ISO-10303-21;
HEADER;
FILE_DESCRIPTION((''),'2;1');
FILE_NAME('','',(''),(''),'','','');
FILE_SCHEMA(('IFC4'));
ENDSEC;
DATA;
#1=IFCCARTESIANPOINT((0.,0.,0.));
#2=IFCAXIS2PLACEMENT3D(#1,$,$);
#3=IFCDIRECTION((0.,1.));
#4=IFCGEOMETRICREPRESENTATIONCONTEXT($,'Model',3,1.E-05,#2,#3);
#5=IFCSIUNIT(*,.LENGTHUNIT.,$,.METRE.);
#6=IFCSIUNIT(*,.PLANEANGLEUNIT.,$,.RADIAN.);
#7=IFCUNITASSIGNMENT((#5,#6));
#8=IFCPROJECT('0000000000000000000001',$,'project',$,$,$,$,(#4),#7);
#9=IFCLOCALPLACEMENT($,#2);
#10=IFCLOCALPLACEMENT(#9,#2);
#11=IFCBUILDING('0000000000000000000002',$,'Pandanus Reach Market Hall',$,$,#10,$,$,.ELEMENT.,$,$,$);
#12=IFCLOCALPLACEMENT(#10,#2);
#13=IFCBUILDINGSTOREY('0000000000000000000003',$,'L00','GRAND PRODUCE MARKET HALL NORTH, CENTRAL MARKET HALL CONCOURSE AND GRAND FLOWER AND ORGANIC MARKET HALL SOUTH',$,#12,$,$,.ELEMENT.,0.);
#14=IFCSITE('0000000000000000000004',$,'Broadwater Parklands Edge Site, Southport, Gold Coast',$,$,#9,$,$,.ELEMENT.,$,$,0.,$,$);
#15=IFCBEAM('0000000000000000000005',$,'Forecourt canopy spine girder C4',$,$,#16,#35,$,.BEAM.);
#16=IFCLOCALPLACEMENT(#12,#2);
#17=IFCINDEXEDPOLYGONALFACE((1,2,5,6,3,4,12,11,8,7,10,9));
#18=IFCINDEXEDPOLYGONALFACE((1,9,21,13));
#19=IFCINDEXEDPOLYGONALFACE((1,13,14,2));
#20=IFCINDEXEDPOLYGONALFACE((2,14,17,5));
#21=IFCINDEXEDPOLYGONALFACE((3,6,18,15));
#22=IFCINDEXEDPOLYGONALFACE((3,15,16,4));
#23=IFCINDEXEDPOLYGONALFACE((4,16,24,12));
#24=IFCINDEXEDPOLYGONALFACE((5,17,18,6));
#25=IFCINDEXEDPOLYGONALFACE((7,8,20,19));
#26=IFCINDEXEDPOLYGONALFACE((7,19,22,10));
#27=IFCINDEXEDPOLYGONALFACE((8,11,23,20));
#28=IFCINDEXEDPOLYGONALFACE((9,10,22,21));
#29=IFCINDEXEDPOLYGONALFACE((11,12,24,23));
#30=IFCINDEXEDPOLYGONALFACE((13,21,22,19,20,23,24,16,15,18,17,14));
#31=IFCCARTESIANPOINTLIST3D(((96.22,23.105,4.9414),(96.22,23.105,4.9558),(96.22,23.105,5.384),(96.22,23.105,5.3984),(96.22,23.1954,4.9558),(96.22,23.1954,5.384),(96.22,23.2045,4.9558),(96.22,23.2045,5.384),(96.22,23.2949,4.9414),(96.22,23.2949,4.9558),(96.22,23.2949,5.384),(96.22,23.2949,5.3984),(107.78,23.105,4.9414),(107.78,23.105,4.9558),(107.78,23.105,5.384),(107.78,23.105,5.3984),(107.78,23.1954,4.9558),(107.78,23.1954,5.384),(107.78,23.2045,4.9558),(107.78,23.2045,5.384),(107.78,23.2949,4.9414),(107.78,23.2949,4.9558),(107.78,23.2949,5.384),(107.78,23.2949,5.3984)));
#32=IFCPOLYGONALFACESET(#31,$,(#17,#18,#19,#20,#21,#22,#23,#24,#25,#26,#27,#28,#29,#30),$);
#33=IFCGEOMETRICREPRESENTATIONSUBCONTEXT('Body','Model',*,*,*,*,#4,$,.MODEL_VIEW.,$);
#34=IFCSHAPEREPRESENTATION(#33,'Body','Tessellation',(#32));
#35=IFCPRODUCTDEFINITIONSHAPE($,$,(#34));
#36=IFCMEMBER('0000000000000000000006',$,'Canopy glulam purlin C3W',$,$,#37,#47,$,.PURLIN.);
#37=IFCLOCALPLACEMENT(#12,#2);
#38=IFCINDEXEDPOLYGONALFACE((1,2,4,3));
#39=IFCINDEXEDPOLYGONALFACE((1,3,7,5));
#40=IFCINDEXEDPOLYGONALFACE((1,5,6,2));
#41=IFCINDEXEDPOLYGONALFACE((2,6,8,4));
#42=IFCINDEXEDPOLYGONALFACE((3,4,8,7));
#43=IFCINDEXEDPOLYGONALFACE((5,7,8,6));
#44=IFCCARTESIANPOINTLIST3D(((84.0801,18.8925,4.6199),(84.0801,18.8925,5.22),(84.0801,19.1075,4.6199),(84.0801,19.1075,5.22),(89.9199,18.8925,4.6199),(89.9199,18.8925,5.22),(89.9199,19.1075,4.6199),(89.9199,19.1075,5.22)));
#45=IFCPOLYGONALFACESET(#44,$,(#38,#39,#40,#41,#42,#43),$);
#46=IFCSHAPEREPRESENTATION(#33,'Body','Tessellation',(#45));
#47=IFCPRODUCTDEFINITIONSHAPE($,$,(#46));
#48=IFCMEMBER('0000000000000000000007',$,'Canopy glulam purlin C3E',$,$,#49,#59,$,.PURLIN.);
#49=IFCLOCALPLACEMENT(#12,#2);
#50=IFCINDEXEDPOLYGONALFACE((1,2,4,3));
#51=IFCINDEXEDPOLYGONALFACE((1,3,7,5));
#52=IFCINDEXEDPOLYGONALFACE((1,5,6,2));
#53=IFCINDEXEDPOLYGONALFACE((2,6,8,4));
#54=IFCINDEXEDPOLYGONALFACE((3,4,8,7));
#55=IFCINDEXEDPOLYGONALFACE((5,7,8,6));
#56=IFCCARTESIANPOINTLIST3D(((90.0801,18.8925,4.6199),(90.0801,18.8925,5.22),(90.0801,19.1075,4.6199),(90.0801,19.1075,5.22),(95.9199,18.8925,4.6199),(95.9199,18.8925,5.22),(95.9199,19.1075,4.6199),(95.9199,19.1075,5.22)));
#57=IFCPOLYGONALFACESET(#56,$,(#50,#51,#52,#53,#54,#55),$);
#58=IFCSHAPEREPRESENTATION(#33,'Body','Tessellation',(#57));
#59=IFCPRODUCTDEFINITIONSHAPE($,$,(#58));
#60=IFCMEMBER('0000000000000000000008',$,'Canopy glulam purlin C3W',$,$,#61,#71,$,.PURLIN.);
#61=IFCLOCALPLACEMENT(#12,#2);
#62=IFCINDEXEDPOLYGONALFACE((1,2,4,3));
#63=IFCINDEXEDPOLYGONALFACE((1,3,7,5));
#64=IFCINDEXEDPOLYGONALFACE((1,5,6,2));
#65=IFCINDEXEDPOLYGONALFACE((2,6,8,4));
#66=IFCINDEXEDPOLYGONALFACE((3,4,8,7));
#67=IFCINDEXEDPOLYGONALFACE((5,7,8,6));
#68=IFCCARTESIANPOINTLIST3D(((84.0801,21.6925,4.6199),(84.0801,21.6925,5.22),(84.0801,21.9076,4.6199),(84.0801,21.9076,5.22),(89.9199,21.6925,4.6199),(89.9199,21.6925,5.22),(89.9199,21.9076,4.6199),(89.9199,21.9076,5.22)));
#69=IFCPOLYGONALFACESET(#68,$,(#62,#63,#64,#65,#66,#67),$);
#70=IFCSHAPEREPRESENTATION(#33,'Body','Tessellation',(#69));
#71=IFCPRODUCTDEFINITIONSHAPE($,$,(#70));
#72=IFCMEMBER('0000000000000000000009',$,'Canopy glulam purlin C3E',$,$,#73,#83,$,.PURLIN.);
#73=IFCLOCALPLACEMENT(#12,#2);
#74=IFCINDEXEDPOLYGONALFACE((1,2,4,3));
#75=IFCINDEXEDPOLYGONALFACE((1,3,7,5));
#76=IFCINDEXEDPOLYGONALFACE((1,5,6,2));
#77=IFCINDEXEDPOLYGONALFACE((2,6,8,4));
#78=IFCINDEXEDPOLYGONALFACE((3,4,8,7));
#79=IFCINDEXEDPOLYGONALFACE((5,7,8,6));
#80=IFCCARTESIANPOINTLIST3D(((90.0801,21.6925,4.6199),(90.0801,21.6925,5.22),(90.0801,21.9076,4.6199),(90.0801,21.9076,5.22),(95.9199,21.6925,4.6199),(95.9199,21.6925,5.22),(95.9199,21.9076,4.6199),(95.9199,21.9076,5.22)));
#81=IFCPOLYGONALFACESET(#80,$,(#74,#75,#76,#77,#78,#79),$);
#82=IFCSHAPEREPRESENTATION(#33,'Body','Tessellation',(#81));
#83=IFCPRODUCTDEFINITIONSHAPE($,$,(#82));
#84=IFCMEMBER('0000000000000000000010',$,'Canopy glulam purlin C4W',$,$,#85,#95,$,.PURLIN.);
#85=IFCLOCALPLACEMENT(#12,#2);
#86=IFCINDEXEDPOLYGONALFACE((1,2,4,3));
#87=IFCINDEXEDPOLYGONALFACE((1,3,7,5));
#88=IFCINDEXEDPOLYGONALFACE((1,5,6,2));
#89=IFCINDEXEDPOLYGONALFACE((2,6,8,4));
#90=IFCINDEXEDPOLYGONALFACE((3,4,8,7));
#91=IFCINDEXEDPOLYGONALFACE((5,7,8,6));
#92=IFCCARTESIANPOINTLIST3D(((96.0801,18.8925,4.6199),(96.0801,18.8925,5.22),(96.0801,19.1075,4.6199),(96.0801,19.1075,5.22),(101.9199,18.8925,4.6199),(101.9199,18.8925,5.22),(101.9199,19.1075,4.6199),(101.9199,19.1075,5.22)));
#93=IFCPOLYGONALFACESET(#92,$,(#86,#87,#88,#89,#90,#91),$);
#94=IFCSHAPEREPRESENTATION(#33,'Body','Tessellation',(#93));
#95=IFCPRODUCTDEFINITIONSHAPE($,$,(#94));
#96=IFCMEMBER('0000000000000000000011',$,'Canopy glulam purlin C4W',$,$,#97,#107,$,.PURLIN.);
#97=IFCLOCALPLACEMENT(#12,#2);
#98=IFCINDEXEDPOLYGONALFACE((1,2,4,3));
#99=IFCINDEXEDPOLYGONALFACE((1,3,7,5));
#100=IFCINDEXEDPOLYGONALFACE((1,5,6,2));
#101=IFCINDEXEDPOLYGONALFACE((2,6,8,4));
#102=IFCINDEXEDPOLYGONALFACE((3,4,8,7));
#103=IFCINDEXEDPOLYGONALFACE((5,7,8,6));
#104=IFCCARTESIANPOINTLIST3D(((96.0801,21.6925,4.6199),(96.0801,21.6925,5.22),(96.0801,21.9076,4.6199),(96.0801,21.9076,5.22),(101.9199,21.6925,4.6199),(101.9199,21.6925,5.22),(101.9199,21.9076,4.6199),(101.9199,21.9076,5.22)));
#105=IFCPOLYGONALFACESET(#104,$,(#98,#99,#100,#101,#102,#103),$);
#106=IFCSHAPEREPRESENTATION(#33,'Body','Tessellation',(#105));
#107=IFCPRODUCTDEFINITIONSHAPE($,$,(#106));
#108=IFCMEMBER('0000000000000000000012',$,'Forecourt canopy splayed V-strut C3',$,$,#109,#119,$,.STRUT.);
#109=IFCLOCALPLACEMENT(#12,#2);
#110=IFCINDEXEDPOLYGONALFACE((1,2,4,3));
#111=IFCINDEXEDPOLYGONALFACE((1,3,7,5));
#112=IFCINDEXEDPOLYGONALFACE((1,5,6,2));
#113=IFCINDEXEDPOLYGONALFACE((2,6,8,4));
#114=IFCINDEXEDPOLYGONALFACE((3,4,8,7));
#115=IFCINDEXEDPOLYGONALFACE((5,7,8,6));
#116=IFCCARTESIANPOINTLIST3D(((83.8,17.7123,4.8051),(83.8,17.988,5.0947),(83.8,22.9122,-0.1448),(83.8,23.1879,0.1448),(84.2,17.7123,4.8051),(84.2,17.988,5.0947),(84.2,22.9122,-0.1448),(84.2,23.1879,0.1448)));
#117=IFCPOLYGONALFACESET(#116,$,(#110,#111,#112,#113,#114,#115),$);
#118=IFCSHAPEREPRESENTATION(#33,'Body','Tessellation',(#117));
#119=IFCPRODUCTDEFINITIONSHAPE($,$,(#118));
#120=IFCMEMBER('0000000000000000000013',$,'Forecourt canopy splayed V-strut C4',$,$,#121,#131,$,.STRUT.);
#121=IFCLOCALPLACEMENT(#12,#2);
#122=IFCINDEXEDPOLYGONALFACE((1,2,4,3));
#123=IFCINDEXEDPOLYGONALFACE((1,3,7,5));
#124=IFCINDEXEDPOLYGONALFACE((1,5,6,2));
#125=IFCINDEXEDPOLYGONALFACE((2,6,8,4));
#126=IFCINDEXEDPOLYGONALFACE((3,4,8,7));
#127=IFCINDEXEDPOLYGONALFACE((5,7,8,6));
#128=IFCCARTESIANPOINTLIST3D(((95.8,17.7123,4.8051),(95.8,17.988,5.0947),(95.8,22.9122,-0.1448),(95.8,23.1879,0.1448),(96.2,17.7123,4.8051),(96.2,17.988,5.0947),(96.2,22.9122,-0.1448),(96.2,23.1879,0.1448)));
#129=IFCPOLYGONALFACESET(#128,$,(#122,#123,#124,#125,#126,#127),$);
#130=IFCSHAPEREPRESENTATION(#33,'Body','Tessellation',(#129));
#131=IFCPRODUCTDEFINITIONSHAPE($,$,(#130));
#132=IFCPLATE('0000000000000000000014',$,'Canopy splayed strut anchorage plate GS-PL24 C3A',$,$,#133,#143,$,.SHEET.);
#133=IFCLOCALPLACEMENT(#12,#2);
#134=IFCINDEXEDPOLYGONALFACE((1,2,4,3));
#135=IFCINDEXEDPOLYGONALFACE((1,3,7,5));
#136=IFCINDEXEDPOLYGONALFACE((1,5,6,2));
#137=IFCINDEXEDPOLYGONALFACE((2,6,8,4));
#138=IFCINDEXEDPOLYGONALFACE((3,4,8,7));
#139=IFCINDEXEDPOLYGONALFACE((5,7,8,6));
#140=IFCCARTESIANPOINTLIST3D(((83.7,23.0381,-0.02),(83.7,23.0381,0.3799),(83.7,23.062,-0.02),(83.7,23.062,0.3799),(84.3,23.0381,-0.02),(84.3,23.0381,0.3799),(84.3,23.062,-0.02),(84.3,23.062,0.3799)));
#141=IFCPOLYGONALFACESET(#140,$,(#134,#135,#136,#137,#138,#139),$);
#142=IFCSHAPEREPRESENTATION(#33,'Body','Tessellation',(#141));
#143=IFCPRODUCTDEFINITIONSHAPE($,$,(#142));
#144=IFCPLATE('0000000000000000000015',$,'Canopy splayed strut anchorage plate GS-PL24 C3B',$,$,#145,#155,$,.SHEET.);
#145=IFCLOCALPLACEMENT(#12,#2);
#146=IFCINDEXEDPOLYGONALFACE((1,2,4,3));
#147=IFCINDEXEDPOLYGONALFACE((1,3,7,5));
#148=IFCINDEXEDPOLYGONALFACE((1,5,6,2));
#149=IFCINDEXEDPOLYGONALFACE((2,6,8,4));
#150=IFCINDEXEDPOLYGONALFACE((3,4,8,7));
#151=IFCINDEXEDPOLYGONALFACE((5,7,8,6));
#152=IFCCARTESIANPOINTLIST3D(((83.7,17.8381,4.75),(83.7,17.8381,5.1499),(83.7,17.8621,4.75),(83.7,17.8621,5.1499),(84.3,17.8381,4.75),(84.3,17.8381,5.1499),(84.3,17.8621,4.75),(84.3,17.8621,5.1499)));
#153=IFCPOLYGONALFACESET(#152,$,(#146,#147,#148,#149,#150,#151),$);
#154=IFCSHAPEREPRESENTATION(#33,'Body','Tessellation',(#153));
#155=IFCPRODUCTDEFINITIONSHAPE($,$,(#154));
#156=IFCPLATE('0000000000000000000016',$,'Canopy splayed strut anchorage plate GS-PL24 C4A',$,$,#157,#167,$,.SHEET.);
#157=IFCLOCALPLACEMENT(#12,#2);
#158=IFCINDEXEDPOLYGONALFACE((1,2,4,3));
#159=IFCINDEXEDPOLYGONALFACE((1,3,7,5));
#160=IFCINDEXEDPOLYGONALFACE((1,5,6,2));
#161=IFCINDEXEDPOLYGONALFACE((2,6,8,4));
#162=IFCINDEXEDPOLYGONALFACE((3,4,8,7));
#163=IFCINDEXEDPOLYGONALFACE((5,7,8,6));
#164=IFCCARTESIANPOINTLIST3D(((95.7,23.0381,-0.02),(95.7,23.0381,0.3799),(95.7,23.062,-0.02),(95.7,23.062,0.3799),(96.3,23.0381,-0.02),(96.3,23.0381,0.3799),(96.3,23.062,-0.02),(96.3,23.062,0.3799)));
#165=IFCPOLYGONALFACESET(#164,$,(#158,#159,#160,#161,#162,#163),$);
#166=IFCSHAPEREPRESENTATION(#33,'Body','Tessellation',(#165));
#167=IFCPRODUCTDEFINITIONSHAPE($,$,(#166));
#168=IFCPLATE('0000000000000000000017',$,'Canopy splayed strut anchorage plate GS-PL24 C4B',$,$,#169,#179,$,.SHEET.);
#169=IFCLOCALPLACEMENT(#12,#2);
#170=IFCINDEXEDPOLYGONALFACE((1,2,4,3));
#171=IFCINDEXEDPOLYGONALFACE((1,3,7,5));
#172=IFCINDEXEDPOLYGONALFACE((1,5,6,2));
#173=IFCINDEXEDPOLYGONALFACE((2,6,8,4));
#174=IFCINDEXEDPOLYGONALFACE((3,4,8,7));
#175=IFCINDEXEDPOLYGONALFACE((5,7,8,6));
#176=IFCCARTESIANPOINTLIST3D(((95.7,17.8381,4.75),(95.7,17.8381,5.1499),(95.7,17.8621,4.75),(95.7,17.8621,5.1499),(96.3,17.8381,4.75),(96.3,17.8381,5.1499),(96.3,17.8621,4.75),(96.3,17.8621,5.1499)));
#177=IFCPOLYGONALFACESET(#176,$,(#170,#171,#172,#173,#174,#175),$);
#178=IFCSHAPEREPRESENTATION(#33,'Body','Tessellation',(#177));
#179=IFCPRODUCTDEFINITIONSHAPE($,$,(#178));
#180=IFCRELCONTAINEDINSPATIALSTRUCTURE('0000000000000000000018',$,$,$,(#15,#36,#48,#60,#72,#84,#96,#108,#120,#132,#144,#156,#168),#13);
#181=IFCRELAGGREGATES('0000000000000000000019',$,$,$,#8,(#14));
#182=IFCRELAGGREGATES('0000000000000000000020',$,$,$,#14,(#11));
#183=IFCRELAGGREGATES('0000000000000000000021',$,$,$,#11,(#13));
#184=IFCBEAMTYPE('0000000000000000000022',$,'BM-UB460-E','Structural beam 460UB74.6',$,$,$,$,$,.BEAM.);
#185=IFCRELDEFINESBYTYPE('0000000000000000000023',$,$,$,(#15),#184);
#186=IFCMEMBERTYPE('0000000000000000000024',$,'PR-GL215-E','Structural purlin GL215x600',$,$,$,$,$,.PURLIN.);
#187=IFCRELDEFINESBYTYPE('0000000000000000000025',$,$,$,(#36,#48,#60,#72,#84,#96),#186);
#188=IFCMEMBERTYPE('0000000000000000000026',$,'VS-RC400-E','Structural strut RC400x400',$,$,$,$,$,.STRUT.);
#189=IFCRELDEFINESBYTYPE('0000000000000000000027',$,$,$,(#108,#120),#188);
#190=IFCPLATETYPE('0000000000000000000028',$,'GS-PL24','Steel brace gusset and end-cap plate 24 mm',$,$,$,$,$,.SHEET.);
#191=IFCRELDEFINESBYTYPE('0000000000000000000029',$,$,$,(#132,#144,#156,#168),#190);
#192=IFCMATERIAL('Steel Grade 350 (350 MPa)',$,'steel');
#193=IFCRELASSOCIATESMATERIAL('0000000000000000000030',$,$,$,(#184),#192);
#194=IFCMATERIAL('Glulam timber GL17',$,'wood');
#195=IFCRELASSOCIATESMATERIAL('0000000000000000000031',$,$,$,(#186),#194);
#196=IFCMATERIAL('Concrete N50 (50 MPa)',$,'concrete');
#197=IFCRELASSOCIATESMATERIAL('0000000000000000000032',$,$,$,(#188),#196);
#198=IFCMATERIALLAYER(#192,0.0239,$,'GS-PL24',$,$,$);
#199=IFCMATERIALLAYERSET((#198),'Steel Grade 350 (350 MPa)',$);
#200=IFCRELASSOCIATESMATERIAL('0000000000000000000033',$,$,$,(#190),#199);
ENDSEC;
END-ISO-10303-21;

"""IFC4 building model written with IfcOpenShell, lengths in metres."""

from ifc_helpers import new_model, si_unit, direction, frame, origin, origin_2d, place, context, subcontext, project, spatial, rectangle, i_section, extrude, material, layer, layer_set, material_profile, profile_set, type_object, element, save


model = new_model("IFC4")

# Units and contexts
model_context = context("Model", 3, precision=1e-05, world=origin(), true_north=direction((0.0, 1.0)))
body_context = subcontext(model_context, "Body", "Model", "MODEL_VIEW")
ifc_project = project(units=[si_unit("LENGTHUNIT", "METRE"), si_unit("PLANEANGLEUNIT", "RADIAN")], contexts=[model_context])

# Site, building, storey
site_placement = place(None, origin())
site = spatial("IfcSite", under=ifc_project, at=site_placement, Name="Broadwater Parklands Edge Site, Southport, Gold Coast", CompositionType="ELEMENT", RefElevation=0.0)
building_placement = place(site_placement, origin())
building = spatial("IfcBuilding", under=site, at=building_placement, Name="Pandanus Reach Market Hall", CompositionType="ELEMENT")
storey_placement = place(building_placement, origin())
storey = spatial("IfcBuildingStorey", under=building, at=storey_placement, Name="L00", Description="GRAND PRODUCE MARKET HALL NORTH, CENTRAL MARKET HALL CONCOURSE AND GRAND FLOWER AND ORGANIC MARKET HALL SOUTH", CompositionType="ELEMENT", Elevation=0.0)

# Shared definitions
ifc_material_1 = material(Name="Concrete N50 (50 MPa)", Category="concrete")

# Beam
ifc_material_2 = material(Name="Steel Grade 350 (350 MPa)", Category="steel")
ifc_material_profile_1 = material_profile(ifc_material_2, i_section(OverallWidth=0.1899, OverallDepth=0.457, WebThickness=0.009, FlangeThickness=0.0144, at=origin_2d()), Name="460UB74.6", Category="LoadBearing")
ifc_profile_set_1 = profile_set([ifc_material_profile_1], Name="Steel Grade 350 (350 MPa)")
beam_type_1 = type_object("IfcBeamType", Name="BM-UB460-E", Description="Structural beam 460UB74.6", PredefinedType="BEAM", material=ifc_profile_set_1)
for number, where, z_axis, x_axis, name in (
    (1, (96.22, 23.2, 5.1699), (1.0, 0.0, 0.0), (0.0, 1.0, 0.0), "Forecourt canopy spine girder C4"),
):
    element("IfcBeam", number, at=place(storey_placement, frame(where, z_axis=z_axis, x_axis=x_axis)), inside=storey, type_object=beam_type_1, Name=name, PredefinedType="BEAM", context=body_context, shape_type="SweptSolid", body=[
        extrude(i_section(OverallWidth=0.1899, OverallDepth=0.457, WebThickness=0.009, FlangeThickness=0.0144, at=origin_2d()), origin(), (0.0, 0.0, 1.0), 11.5601),
    ])

# Members
ifc_material_3 = material(Name="Glulam timber GL17", Category="wood")
ifc_material_profile_2 = material_profile(ifc_material_3, rectangle(XDim=0.2151, YDim=0.6001, at=origin_2d()), Name="GL215x600", Category="LoadBearing")
ifc_profile_set_2 = profile_set([ifc_material_profile_2], Name="Glulam timber GL17")
member_type_1 = type_object("IfcMemberType", Name="PR-GL215-E", Description="Structural purlin GL215x600", PredefinedType="PURLIN", material=ifc_profile_set_2)
for number, where, z_axis, x_axis, name in (
    (2, (84.0801, 19.0, 4.9199), (1.0, 0.0, 0.0), (0.0, 1.0, 0.0), "Canopy glulam purlin C3W"),
    (3, (90.0801, 19.0, 4.9199), (1.0, 0.0, 0.0), (0.0, 1.0, 0.0), "Canopy glulam purlin C3E"),
    (4, (84.0801, 21.8, 4.9199), (1.0, 0.0, 0.0), (0.0, 1.0, 0.0), "Canopy glulam purlin C3W"),
    (5, (90.0801, 21.8, 4.9199), (1.0, 0.0, 0.0), (0.0, 1.0, 0.0), "Canopy glulam purlin C3E"),
    (6, (96.0801, 19.0, 4.9199), (1.0, 0.0, 0.0), (0.0, 1.0, 0.0), "Canopy glulam purlin C4W"),
    (7, (96.0801, 21.8, 4.9199), (1.0, 0.0, 0.0), (0.0, 1.0, 0.0), "Canopy glulam purlin C4W"),
):
    element("IfcMember", number, at=place(storey_placement, frame(where, z_axis=z_axis, x_axis=x_axis)), inside=storey, type_object=member_type_1, Name=name, PredefinedType="PURLIN", context=body_context, shape_type="SweptSolid", body=[
        extrude(rectangle(XDim=0.2151, YDim=0.6001, at=origin_2d()), origin(), (0.0, 0.0, 1.0), 5.8398),
    ])
ifc_material_profile_3 = material_profile(ifc_material_1, rectangle(XDim=0.3999, YDim=0.3999, at=origin_2d()), Name="RC400x400", Category="LoadBearing")
ifc_profile_set_3 = profile_set([ifc_material_profile_3], Name="Concrete N50 (50 MPa)")
member_type_2 = type_object("IfcMemberType", Name="VS-RC400-E", Description="Structural strut RC400x400", PredefinedType="STRUT", material=ifc_profile_set_3)
for number, where, z_axis, x_axis, name in (
    (8, (84.0, 23.05, 0.0), (0.0, -0.724304, 0.689481), (1.0, 0.0, 0.0), "Forecourt canopy splayed V-strut C3"),
    (9, (96.0, 23.05, 0.0), (0.0, -0.724304, 0.689481), (1.0, 0.0, 0.0), "Forecourt canopy splayed V-strut C4"),
):
    element("IfcMember", number, at=place(storey_placement, frame(where, z_axis=z_axis, x_axis=x_axis)), inside=storey, type_object=member_type_2, Name=name, PredefinedType="STRUT", context=body_context, shape_type="SweptSolid", body=[
        extrude(rectangle(XDim=0.3999, YDim=0.3999, at=origin_2d()), origin(), (0.0, 0.0, 1.0), 7.1792),
    ])

# Plates
ifc_layer = layer(ifc_material_2, 0.0239, Name="GS-PL24")
ifc_layer_set = layer_set([ifc_layer], Name="Steel Grade 350 (350 MPa)")
plate_type = type_object("IfcPlateType", Name="GS-PL24", Description="Steel brace gusset and end-cap plate 24 mm", PredefinedType="SHEET", material=ifc_layer_set)
for number, where, z_axis, x_axis, name in (
    (10, (84.0, 23.05, -0.02), (0.0, 0.0, 1.0), (1.0, 0.0, 0.0), "Canopy splayed strut anchorage plate GS-PL24 C3A"),
    (11, (84.0, 17.8501, 4.75), (0.0, 0.0, 1.0), (1.0, 0.0, 0.0), "Canopy splayed strut anchorage plate GS-PL24 C3B"),
    (12, (96.0, 23.05, -0.02), (0.0, 0.0, 1.0), (1.0, 0.0, 0.0), "Canopy splayed strut anchorage plate GS-PL24 C4A"),
    (13, (96.0, 17.8501, 4.75), (0.0, 0.0, 1.0), (1.0, 0.0, 0.0), "Canopy splayed strut anchorage plate GS-PL24 C4B"),
):
    element("IfcPlate", number, at=place(storey_placement, frame(where, z_axis=z_axis, x_axis=x_axis)), inside=storey, type_object=plate_type, Name=name, PredefinedType="SHEET", context=body_context, shape_type="SweptSolid", body=[
        extrude(rectangle(XDim=0.6001, YDim=0.0239, at=origin_2d()), origin(), (0.0, 0.0, 1.0), 0.3999),
    ])

save(model, "model.ifc")
